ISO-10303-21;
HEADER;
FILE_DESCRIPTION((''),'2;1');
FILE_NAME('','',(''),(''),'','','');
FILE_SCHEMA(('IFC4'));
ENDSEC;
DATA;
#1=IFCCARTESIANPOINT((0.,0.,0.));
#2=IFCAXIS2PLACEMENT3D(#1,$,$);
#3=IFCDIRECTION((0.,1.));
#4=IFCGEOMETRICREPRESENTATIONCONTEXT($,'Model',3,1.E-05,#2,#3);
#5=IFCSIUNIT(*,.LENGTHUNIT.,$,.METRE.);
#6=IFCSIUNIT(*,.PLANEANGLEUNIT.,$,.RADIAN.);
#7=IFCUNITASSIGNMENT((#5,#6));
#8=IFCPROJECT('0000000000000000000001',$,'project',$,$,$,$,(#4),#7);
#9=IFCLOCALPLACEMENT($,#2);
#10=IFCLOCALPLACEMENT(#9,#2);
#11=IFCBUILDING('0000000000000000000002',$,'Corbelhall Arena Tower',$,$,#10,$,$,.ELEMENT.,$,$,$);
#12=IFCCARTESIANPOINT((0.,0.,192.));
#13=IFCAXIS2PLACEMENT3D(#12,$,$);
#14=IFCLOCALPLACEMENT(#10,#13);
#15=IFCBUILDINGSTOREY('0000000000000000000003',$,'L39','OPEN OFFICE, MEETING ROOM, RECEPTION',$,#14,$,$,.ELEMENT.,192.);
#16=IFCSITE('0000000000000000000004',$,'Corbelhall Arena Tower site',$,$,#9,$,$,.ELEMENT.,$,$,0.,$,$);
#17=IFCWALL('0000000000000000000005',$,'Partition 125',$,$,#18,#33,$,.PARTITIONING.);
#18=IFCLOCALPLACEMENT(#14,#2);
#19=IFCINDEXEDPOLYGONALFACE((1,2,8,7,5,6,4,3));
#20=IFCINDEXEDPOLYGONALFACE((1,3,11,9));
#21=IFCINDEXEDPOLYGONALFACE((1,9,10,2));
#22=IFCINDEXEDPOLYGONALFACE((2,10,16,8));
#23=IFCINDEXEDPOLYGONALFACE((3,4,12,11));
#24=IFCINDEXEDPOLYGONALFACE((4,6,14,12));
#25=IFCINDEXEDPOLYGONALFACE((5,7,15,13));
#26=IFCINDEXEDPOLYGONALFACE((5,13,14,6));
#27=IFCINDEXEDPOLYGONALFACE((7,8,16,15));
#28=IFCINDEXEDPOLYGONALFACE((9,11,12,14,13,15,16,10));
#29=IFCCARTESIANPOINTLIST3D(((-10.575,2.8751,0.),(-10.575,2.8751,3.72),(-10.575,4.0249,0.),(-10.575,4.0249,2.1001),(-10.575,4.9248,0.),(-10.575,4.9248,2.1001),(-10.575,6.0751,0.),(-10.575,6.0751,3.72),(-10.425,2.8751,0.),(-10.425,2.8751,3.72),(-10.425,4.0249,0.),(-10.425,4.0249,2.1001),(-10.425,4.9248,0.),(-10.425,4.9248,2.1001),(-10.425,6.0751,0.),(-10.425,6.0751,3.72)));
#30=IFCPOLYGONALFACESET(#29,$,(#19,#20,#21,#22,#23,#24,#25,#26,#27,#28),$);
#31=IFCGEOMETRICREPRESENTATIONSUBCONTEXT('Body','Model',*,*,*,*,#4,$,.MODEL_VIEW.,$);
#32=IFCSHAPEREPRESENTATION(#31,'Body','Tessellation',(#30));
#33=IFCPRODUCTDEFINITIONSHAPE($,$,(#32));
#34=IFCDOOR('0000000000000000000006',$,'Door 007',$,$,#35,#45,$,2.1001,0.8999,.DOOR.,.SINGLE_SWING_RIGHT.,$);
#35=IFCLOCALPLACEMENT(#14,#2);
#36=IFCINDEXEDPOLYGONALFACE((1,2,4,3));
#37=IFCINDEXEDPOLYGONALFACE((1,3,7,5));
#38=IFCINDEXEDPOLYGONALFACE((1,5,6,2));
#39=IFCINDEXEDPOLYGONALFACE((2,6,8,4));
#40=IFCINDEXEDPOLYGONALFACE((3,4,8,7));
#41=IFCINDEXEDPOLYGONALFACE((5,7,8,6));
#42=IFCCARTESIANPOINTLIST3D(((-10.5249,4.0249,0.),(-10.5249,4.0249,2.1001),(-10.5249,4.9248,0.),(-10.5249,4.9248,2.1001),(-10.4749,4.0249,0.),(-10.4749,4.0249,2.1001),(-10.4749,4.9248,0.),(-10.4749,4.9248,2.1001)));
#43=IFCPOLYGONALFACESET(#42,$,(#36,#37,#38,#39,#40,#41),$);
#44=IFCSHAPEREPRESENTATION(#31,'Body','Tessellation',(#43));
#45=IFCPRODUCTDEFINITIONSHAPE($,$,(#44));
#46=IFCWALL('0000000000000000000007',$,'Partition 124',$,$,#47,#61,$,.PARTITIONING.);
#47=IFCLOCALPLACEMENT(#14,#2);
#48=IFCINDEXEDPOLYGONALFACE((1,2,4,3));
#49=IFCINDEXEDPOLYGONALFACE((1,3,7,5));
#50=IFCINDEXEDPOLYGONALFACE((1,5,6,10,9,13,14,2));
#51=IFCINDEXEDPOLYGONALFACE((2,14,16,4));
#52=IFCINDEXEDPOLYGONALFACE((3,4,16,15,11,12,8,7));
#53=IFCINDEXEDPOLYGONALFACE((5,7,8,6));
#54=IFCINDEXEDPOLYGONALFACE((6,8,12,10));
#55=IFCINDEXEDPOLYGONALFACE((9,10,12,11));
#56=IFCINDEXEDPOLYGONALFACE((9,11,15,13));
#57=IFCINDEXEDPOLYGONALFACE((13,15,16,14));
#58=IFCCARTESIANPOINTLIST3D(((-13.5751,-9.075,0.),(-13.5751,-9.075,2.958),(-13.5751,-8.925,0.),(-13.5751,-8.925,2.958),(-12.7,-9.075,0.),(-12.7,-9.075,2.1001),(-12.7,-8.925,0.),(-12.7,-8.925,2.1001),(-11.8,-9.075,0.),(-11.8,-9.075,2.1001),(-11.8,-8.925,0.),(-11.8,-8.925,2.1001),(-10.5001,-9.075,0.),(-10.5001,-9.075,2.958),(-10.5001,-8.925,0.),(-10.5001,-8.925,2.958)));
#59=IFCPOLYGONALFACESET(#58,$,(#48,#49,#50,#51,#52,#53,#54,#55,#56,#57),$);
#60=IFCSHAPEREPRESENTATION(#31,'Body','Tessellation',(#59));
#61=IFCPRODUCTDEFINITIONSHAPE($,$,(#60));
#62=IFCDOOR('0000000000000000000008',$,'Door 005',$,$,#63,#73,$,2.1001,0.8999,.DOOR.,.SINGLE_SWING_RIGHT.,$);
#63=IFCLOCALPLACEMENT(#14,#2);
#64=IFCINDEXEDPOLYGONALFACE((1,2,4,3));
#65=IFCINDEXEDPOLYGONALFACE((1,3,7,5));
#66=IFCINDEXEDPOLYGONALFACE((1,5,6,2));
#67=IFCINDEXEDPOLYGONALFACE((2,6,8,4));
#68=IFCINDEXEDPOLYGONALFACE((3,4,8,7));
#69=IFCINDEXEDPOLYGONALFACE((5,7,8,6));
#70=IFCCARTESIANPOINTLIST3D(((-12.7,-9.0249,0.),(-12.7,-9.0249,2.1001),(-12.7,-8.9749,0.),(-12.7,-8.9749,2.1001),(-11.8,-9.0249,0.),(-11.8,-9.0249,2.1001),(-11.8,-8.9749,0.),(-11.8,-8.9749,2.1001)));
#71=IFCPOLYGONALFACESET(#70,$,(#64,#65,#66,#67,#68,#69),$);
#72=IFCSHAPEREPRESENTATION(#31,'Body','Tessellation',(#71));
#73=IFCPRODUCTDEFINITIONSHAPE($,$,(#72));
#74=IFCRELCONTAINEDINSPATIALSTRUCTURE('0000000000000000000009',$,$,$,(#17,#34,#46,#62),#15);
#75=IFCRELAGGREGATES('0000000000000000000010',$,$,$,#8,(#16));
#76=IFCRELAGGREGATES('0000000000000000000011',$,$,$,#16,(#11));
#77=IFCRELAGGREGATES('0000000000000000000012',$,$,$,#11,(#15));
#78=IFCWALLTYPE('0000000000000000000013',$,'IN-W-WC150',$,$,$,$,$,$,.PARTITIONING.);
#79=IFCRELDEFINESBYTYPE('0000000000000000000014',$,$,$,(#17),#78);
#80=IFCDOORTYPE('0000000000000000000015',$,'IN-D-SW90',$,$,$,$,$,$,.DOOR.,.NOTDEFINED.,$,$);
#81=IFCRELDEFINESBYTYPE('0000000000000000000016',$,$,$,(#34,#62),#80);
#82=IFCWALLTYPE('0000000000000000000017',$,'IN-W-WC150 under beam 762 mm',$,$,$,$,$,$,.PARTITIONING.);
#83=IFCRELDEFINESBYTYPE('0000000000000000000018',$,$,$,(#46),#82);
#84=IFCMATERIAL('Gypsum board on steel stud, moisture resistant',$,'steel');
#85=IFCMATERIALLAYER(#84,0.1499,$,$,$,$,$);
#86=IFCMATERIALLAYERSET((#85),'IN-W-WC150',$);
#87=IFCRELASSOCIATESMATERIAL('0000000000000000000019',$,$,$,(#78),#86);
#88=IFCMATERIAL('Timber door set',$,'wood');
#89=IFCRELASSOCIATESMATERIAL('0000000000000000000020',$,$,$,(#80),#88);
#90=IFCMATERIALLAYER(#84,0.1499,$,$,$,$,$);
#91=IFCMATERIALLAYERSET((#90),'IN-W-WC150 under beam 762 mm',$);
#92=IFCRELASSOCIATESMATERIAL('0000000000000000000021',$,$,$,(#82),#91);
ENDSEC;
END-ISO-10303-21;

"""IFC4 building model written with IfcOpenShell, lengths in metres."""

from ifc_helpers import new_model, si_unit, direction, frame, frame_2d, origin, place, context, subcontext, project, spatial, rectangle, extrude, material, layer, layer_set, type_object, element, fill, save


model = new_model("IFC4")

# Units and contexts
model_context = context("Model", 3, precision=1e-05, world=origin(), true_north=direction((0.0, 1.0)))
body_context = subcontext(model_context, "Body", "Model", "MODEL_VIEW")
ifc_project = project(units=[si_unit("LENGTHUNIT", "METRE"), si_unit("PLANEANGLEUNIT", "RADIAN")], contexts=[model_context])

# Site, building, storey
site_placement = place(None, origin())
site = spatial("IfcSite", under=ifc_project, at=site_placement, Name="Corbelhall Arena Tower site", CompositionType="ELEMENT", RefElevation=0.0)
building_placement = place(site_placement, origin())
building = spatial("IfcBuilding", under=site, at=building_placement, Name="Corbelhall Arena Tower", CompositionType="ELEMENT")
storey_placement = place(building_placement, frame((0.0, 0.0, 192.0)))
storey = spatial("IfcBuildingStorey", under=building, at=storey_placement, Name="L39", Description="OPEN OFFICE, MEETING ROOM, RECEPTION", CompositionType="ELEMENT", Elevation=192.0)

# Shared definitions
ifc_material_1 = material(Name="Gypsum board on steel stud, moisture resistant", Category="steel")
ifc_layer_1 = layer(ifc_material_1, 0.1499)
ifc_layer_set_1 = layer_set([ifc_layer_1], Name="IN-W-WC150")
wall_type_1 = type_object("IfcWallType", Name="IN-W-WC150", PredefinedType="PARTITIONING", material=ifc_layer_set_1)

# Walls, openings, doors
wall_1_placement = place(storey_placement, frame((-10.5, 2.875, 0.0), z_axis=(0.0, 0.0, 1.0), x_axis=(0.0, 1.0, 0.0)))
wall_1 = element("IfcWall", 1, at=wall_1_placement, inside=storey, type_object=wall_type_1, Name="Partition 125", PredefinedType="PARTITIONING", context=body_context, shape_type="SweptSolid", body=[
    extrude(rectangle(XDim=3.2, YDim=0.1499, at=frame_2d((1.6001, 0.0))), origin(), (0.0, 0.0, 1.0), 3.72),
])
opening_1_placement = place(wall_1_placement, frame((1.1499, 0.0, 0.0)))
opening_1 = element("IfcOpeningElement", 2, at=opening_1_placement, cuts=wall_1, PredefinedType="OPENING", context=body_context, shape_type="SweptSolid", body=[
    extrude(rectangle(XDim=0.8999, YDim=2.1001, at=frame_2d((0.45, 1.05))), frame((0.0, 0.075, 0.0), z_axis=(0.0, -1.0, 0.0), x_axis=(1.0, 0.0, 0.0)), (0.0, 0.0, 1.0), 0.1499),
])
ifc_material_2 = material(Name="Timber door set", Category="wood")
door_type_1 = type_object("IfcDoorType", Name="IN-D-SW90", OperationType="NOTDEFINED", PredefinedType="DOOR", material=ifc_material_2)
door_1_placement = place(opening_1_placement, origin())
door_1 = element("IfcDoor", 3, at=door_1_placement, inside=storey, type_object=door_type_1, Name="Door 007", OperationType="SINGLE_SWING_RIGHT", OverallHeight=2.1001, OverallWidth=0.8999, PredefinedType="DOOR", context=body_context, shape_type="SweptSolid", body=[
    extrude(rectangle(XDim=0.8999, YDim=2.1001, at=frame_2d((0.45, 1.05))), frame((0.0, 0.0249, 0.0), z_axis=(0.0, -1.0, 0.0), x_axis=(1.0, 0.0, 0.0)), (0.0, 0.0, 1.0), 0.05),
])
fill(opening_1, door_1)
ifc_layer_2 = layer(ifc_material_1, 0.1499)
ifc_layer_set_2 = layer_set([ifc_layer_2], Name="IN-W-WC150 under beam 762 mm")
wall_type_2 = type_object("IfcWallType", Name="IN-W-WC150 under beam 762 mm", PredefinedType="PARTITIONING", material=ifc_layer_set_2)
wall_2_placement = place(storey_placement, frame((-10.5, -9.0, 0.0), z_axis=(0.0, 0.0, 1.0), x_axis=(-1.0, 0.0, 0.0)))
wall_2 = element("IfcWall", 4, at=wall_2_placement, inside=storey, type_object=wall_type_2, Name="Partition 124", PredefinedType="PARTITIONING", context=body_context, shape_type="SweptSolid", body=[
    extrude(rectangle(XDim=3.075, YDim=0.1499, at=frame_2d((1.5376, 0.0))), origin(), (0.0, 0.0, 1.0), 2.958),
])
opening_2_placement = place(wall_2_placement, frame((1.3, 0.0, 0.0)))
opening_2 = element("IfcOpeningElement", 5, at=opening_2_placement, cuts=wall_2, PredefinedType="OPENING", context=body_context, shape_type="SweptSolid", body=[
    extrude(rectangle(XDim=0.8999, YDim=2.1001, at=frame_2d((0.45, 1.05))), frame((0.0, 0.075, 0.0), z_axis=(0.0, -1.0, 0.0), x_axis=(1.0, 0.0, 0.0)), (0.0, 0.0, 1.0), 0.1499),
])
door_2_placement = place(opening_2_placement, origin())
door_2 = element("IfcDoor", 6, at=door_2_placement, inside=storey, type_object=door_type_1, Name="Door 005", OperationType="SINGLE_SWING_RIGHT", OverallHeight=2.1001, OverallWidth=0.8999, PredefinedType="DOOR", context=body_context, shape_type="SweptSolid", body=[
    extrude(rectangle(XDim=0.8999, YDim=2.1001, at=frame_2d((0.45, 1.05))), frame((0.0, 0.0249, 0.0), z_axis=(0.0, -1.0, 0.0), x_axis=(1.0, 0.0, 0.0)), (0.0, 0.0, 1.0), 0.05),
])
fill(opening_2, door_2)

save(model, "model.ifc")
